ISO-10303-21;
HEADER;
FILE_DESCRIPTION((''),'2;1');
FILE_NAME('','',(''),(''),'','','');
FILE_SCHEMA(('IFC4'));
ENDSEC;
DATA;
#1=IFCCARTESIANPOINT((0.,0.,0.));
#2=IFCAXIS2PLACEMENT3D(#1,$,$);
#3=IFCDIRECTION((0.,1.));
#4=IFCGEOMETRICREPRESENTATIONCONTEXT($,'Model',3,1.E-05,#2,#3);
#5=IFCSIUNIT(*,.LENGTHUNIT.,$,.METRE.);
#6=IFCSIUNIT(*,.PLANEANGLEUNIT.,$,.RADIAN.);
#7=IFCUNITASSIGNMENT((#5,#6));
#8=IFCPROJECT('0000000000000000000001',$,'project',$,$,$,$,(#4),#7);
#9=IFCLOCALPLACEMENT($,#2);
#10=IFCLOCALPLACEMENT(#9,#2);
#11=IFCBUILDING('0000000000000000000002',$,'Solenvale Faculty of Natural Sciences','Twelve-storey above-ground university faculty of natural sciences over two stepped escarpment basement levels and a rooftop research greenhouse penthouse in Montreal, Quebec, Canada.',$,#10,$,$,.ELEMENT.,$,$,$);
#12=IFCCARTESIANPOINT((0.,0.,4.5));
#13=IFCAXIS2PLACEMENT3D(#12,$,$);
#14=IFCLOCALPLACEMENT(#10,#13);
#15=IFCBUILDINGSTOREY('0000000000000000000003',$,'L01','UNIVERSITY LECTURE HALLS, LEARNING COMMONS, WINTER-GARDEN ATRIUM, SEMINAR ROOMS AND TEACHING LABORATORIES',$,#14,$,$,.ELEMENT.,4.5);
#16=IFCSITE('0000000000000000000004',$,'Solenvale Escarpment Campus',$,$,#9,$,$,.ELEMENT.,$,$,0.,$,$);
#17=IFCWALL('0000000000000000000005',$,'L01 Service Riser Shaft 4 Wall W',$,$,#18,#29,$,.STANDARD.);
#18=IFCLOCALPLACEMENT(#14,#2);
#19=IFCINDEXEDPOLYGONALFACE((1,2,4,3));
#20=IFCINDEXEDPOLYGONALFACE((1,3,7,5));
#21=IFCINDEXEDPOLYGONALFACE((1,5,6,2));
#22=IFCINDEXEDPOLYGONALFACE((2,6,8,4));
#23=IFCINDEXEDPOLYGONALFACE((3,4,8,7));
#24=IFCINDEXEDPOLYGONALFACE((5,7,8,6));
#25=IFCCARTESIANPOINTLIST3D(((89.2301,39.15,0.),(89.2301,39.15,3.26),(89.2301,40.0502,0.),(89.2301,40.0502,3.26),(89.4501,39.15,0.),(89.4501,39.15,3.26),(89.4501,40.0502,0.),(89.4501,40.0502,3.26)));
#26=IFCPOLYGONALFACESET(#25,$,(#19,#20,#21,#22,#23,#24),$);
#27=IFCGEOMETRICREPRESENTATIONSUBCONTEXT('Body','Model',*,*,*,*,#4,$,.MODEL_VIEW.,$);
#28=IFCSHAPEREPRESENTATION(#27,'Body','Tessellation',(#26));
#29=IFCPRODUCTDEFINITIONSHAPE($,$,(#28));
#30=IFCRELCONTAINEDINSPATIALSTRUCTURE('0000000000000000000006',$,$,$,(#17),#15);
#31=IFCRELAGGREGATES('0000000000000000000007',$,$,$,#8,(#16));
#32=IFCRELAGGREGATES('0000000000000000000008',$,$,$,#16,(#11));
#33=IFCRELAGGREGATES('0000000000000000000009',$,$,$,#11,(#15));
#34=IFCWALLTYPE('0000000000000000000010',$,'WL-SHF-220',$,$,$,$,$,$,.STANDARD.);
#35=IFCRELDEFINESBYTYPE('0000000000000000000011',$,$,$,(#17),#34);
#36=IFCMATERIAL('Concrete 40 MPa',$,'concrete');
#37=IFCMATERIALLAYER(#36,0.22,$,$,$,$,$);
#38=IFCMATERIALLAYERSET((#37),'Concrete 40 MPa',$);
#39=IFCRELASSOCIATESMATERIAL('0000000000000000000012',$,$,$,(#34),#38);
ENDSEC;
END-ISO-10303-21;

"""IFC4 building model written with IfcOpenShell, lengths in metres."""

from ifc_helpers import new_model, si_unit, direction, frame, frame_2d, origin, place, context, subcontext, project, spatial, rectangle, extrude, material, layer, layer_set, type_object, element, save


model = new_model("IFC4")

# Units and contexts
model_context = context("Model", 3, precision=1e-05, world=origin(), true_north=direction((0.0, 1.0)))
body_context = subcontext(model_context, "Body", "Model", "MODEL_VIEW")
ifc_project = project(units=[si_unit("LENGTHUNIT", "METRE"), si_unit("PLANEANGLEUNIT", "RADIAN")], contexts=[model_context])

# Site, building, storey
site_placement = place(None, origin())
site = spatial("IfcSite", under=ifc_project, at=site_placement, Name="Solenvale Escarpment Campus", CompositionType="ELEMENT", RefElevation=0.0)
building_placement = place(site_placement, origin())
building = spatial("IfcBuilding", under=site, at=building_placement, Name="Solenvale Faculty of Natural Sciences", Description="Twelve-storey above-ground university faculty of natural sciences over two stepped escarpment basement levels and a rooftop research greenhouse penthouse in Montreal, Quebec, Canada.", CompositionType="ELEMENT")
storey_placement = place(building_placement, frame((0.0, 0.0, 4.5)))
storey = spatial("IfcBuildingStorey", under=building, at=storey_placement, Name="L01", Description="UNIVERSITY LECTURE HALLS, LEARNING COMMONS, WINTER-GARDEN ATRIUM, SEMINAR ROOMS AND TEACHING LABORATORIES", CompositionType="ELEMENT", Elevation=4.5)

# Shared definitions
ifc_material_1 = material(Name="Concrete 40 MPa", Category="concrete")

# Shared definitions
ifc_layer_1 = layer(ifc_material_1, 0.22)
ifc_layer_set_1 = layer_set([ifc_layer_1], Name="Concrete 40 MPa")
wall_type_1 = type_object("IfcWallType", Name="WL-SHF-220", PredefinedType="STANDARD", material=ifc_layer_set_1)

# Wall
wall_1_placement = place(storey_placement, frame((89.3401, 39.1499, 0.0), z_axis=(0.0, 0.0, 1.0), x_axis=(0.0, 1.0, 0.0)))
element("IfcWall", 1, at=wall_1_placement, inside=storey, type_object=wall_type_1, Name="L01 Service Riser Shaft 4 Wall W", PredefinedType="STANDARD", context=body_context, shape_type="SweptSolid", body=[
    extrude(rectangle(XDim=0.9001, YDim=0.22, at=frame_2d((0.4502, 0.0))), origin(), (0.0, 0.0, 1.0), 3.26),
])

save(model, "model.ifc")
